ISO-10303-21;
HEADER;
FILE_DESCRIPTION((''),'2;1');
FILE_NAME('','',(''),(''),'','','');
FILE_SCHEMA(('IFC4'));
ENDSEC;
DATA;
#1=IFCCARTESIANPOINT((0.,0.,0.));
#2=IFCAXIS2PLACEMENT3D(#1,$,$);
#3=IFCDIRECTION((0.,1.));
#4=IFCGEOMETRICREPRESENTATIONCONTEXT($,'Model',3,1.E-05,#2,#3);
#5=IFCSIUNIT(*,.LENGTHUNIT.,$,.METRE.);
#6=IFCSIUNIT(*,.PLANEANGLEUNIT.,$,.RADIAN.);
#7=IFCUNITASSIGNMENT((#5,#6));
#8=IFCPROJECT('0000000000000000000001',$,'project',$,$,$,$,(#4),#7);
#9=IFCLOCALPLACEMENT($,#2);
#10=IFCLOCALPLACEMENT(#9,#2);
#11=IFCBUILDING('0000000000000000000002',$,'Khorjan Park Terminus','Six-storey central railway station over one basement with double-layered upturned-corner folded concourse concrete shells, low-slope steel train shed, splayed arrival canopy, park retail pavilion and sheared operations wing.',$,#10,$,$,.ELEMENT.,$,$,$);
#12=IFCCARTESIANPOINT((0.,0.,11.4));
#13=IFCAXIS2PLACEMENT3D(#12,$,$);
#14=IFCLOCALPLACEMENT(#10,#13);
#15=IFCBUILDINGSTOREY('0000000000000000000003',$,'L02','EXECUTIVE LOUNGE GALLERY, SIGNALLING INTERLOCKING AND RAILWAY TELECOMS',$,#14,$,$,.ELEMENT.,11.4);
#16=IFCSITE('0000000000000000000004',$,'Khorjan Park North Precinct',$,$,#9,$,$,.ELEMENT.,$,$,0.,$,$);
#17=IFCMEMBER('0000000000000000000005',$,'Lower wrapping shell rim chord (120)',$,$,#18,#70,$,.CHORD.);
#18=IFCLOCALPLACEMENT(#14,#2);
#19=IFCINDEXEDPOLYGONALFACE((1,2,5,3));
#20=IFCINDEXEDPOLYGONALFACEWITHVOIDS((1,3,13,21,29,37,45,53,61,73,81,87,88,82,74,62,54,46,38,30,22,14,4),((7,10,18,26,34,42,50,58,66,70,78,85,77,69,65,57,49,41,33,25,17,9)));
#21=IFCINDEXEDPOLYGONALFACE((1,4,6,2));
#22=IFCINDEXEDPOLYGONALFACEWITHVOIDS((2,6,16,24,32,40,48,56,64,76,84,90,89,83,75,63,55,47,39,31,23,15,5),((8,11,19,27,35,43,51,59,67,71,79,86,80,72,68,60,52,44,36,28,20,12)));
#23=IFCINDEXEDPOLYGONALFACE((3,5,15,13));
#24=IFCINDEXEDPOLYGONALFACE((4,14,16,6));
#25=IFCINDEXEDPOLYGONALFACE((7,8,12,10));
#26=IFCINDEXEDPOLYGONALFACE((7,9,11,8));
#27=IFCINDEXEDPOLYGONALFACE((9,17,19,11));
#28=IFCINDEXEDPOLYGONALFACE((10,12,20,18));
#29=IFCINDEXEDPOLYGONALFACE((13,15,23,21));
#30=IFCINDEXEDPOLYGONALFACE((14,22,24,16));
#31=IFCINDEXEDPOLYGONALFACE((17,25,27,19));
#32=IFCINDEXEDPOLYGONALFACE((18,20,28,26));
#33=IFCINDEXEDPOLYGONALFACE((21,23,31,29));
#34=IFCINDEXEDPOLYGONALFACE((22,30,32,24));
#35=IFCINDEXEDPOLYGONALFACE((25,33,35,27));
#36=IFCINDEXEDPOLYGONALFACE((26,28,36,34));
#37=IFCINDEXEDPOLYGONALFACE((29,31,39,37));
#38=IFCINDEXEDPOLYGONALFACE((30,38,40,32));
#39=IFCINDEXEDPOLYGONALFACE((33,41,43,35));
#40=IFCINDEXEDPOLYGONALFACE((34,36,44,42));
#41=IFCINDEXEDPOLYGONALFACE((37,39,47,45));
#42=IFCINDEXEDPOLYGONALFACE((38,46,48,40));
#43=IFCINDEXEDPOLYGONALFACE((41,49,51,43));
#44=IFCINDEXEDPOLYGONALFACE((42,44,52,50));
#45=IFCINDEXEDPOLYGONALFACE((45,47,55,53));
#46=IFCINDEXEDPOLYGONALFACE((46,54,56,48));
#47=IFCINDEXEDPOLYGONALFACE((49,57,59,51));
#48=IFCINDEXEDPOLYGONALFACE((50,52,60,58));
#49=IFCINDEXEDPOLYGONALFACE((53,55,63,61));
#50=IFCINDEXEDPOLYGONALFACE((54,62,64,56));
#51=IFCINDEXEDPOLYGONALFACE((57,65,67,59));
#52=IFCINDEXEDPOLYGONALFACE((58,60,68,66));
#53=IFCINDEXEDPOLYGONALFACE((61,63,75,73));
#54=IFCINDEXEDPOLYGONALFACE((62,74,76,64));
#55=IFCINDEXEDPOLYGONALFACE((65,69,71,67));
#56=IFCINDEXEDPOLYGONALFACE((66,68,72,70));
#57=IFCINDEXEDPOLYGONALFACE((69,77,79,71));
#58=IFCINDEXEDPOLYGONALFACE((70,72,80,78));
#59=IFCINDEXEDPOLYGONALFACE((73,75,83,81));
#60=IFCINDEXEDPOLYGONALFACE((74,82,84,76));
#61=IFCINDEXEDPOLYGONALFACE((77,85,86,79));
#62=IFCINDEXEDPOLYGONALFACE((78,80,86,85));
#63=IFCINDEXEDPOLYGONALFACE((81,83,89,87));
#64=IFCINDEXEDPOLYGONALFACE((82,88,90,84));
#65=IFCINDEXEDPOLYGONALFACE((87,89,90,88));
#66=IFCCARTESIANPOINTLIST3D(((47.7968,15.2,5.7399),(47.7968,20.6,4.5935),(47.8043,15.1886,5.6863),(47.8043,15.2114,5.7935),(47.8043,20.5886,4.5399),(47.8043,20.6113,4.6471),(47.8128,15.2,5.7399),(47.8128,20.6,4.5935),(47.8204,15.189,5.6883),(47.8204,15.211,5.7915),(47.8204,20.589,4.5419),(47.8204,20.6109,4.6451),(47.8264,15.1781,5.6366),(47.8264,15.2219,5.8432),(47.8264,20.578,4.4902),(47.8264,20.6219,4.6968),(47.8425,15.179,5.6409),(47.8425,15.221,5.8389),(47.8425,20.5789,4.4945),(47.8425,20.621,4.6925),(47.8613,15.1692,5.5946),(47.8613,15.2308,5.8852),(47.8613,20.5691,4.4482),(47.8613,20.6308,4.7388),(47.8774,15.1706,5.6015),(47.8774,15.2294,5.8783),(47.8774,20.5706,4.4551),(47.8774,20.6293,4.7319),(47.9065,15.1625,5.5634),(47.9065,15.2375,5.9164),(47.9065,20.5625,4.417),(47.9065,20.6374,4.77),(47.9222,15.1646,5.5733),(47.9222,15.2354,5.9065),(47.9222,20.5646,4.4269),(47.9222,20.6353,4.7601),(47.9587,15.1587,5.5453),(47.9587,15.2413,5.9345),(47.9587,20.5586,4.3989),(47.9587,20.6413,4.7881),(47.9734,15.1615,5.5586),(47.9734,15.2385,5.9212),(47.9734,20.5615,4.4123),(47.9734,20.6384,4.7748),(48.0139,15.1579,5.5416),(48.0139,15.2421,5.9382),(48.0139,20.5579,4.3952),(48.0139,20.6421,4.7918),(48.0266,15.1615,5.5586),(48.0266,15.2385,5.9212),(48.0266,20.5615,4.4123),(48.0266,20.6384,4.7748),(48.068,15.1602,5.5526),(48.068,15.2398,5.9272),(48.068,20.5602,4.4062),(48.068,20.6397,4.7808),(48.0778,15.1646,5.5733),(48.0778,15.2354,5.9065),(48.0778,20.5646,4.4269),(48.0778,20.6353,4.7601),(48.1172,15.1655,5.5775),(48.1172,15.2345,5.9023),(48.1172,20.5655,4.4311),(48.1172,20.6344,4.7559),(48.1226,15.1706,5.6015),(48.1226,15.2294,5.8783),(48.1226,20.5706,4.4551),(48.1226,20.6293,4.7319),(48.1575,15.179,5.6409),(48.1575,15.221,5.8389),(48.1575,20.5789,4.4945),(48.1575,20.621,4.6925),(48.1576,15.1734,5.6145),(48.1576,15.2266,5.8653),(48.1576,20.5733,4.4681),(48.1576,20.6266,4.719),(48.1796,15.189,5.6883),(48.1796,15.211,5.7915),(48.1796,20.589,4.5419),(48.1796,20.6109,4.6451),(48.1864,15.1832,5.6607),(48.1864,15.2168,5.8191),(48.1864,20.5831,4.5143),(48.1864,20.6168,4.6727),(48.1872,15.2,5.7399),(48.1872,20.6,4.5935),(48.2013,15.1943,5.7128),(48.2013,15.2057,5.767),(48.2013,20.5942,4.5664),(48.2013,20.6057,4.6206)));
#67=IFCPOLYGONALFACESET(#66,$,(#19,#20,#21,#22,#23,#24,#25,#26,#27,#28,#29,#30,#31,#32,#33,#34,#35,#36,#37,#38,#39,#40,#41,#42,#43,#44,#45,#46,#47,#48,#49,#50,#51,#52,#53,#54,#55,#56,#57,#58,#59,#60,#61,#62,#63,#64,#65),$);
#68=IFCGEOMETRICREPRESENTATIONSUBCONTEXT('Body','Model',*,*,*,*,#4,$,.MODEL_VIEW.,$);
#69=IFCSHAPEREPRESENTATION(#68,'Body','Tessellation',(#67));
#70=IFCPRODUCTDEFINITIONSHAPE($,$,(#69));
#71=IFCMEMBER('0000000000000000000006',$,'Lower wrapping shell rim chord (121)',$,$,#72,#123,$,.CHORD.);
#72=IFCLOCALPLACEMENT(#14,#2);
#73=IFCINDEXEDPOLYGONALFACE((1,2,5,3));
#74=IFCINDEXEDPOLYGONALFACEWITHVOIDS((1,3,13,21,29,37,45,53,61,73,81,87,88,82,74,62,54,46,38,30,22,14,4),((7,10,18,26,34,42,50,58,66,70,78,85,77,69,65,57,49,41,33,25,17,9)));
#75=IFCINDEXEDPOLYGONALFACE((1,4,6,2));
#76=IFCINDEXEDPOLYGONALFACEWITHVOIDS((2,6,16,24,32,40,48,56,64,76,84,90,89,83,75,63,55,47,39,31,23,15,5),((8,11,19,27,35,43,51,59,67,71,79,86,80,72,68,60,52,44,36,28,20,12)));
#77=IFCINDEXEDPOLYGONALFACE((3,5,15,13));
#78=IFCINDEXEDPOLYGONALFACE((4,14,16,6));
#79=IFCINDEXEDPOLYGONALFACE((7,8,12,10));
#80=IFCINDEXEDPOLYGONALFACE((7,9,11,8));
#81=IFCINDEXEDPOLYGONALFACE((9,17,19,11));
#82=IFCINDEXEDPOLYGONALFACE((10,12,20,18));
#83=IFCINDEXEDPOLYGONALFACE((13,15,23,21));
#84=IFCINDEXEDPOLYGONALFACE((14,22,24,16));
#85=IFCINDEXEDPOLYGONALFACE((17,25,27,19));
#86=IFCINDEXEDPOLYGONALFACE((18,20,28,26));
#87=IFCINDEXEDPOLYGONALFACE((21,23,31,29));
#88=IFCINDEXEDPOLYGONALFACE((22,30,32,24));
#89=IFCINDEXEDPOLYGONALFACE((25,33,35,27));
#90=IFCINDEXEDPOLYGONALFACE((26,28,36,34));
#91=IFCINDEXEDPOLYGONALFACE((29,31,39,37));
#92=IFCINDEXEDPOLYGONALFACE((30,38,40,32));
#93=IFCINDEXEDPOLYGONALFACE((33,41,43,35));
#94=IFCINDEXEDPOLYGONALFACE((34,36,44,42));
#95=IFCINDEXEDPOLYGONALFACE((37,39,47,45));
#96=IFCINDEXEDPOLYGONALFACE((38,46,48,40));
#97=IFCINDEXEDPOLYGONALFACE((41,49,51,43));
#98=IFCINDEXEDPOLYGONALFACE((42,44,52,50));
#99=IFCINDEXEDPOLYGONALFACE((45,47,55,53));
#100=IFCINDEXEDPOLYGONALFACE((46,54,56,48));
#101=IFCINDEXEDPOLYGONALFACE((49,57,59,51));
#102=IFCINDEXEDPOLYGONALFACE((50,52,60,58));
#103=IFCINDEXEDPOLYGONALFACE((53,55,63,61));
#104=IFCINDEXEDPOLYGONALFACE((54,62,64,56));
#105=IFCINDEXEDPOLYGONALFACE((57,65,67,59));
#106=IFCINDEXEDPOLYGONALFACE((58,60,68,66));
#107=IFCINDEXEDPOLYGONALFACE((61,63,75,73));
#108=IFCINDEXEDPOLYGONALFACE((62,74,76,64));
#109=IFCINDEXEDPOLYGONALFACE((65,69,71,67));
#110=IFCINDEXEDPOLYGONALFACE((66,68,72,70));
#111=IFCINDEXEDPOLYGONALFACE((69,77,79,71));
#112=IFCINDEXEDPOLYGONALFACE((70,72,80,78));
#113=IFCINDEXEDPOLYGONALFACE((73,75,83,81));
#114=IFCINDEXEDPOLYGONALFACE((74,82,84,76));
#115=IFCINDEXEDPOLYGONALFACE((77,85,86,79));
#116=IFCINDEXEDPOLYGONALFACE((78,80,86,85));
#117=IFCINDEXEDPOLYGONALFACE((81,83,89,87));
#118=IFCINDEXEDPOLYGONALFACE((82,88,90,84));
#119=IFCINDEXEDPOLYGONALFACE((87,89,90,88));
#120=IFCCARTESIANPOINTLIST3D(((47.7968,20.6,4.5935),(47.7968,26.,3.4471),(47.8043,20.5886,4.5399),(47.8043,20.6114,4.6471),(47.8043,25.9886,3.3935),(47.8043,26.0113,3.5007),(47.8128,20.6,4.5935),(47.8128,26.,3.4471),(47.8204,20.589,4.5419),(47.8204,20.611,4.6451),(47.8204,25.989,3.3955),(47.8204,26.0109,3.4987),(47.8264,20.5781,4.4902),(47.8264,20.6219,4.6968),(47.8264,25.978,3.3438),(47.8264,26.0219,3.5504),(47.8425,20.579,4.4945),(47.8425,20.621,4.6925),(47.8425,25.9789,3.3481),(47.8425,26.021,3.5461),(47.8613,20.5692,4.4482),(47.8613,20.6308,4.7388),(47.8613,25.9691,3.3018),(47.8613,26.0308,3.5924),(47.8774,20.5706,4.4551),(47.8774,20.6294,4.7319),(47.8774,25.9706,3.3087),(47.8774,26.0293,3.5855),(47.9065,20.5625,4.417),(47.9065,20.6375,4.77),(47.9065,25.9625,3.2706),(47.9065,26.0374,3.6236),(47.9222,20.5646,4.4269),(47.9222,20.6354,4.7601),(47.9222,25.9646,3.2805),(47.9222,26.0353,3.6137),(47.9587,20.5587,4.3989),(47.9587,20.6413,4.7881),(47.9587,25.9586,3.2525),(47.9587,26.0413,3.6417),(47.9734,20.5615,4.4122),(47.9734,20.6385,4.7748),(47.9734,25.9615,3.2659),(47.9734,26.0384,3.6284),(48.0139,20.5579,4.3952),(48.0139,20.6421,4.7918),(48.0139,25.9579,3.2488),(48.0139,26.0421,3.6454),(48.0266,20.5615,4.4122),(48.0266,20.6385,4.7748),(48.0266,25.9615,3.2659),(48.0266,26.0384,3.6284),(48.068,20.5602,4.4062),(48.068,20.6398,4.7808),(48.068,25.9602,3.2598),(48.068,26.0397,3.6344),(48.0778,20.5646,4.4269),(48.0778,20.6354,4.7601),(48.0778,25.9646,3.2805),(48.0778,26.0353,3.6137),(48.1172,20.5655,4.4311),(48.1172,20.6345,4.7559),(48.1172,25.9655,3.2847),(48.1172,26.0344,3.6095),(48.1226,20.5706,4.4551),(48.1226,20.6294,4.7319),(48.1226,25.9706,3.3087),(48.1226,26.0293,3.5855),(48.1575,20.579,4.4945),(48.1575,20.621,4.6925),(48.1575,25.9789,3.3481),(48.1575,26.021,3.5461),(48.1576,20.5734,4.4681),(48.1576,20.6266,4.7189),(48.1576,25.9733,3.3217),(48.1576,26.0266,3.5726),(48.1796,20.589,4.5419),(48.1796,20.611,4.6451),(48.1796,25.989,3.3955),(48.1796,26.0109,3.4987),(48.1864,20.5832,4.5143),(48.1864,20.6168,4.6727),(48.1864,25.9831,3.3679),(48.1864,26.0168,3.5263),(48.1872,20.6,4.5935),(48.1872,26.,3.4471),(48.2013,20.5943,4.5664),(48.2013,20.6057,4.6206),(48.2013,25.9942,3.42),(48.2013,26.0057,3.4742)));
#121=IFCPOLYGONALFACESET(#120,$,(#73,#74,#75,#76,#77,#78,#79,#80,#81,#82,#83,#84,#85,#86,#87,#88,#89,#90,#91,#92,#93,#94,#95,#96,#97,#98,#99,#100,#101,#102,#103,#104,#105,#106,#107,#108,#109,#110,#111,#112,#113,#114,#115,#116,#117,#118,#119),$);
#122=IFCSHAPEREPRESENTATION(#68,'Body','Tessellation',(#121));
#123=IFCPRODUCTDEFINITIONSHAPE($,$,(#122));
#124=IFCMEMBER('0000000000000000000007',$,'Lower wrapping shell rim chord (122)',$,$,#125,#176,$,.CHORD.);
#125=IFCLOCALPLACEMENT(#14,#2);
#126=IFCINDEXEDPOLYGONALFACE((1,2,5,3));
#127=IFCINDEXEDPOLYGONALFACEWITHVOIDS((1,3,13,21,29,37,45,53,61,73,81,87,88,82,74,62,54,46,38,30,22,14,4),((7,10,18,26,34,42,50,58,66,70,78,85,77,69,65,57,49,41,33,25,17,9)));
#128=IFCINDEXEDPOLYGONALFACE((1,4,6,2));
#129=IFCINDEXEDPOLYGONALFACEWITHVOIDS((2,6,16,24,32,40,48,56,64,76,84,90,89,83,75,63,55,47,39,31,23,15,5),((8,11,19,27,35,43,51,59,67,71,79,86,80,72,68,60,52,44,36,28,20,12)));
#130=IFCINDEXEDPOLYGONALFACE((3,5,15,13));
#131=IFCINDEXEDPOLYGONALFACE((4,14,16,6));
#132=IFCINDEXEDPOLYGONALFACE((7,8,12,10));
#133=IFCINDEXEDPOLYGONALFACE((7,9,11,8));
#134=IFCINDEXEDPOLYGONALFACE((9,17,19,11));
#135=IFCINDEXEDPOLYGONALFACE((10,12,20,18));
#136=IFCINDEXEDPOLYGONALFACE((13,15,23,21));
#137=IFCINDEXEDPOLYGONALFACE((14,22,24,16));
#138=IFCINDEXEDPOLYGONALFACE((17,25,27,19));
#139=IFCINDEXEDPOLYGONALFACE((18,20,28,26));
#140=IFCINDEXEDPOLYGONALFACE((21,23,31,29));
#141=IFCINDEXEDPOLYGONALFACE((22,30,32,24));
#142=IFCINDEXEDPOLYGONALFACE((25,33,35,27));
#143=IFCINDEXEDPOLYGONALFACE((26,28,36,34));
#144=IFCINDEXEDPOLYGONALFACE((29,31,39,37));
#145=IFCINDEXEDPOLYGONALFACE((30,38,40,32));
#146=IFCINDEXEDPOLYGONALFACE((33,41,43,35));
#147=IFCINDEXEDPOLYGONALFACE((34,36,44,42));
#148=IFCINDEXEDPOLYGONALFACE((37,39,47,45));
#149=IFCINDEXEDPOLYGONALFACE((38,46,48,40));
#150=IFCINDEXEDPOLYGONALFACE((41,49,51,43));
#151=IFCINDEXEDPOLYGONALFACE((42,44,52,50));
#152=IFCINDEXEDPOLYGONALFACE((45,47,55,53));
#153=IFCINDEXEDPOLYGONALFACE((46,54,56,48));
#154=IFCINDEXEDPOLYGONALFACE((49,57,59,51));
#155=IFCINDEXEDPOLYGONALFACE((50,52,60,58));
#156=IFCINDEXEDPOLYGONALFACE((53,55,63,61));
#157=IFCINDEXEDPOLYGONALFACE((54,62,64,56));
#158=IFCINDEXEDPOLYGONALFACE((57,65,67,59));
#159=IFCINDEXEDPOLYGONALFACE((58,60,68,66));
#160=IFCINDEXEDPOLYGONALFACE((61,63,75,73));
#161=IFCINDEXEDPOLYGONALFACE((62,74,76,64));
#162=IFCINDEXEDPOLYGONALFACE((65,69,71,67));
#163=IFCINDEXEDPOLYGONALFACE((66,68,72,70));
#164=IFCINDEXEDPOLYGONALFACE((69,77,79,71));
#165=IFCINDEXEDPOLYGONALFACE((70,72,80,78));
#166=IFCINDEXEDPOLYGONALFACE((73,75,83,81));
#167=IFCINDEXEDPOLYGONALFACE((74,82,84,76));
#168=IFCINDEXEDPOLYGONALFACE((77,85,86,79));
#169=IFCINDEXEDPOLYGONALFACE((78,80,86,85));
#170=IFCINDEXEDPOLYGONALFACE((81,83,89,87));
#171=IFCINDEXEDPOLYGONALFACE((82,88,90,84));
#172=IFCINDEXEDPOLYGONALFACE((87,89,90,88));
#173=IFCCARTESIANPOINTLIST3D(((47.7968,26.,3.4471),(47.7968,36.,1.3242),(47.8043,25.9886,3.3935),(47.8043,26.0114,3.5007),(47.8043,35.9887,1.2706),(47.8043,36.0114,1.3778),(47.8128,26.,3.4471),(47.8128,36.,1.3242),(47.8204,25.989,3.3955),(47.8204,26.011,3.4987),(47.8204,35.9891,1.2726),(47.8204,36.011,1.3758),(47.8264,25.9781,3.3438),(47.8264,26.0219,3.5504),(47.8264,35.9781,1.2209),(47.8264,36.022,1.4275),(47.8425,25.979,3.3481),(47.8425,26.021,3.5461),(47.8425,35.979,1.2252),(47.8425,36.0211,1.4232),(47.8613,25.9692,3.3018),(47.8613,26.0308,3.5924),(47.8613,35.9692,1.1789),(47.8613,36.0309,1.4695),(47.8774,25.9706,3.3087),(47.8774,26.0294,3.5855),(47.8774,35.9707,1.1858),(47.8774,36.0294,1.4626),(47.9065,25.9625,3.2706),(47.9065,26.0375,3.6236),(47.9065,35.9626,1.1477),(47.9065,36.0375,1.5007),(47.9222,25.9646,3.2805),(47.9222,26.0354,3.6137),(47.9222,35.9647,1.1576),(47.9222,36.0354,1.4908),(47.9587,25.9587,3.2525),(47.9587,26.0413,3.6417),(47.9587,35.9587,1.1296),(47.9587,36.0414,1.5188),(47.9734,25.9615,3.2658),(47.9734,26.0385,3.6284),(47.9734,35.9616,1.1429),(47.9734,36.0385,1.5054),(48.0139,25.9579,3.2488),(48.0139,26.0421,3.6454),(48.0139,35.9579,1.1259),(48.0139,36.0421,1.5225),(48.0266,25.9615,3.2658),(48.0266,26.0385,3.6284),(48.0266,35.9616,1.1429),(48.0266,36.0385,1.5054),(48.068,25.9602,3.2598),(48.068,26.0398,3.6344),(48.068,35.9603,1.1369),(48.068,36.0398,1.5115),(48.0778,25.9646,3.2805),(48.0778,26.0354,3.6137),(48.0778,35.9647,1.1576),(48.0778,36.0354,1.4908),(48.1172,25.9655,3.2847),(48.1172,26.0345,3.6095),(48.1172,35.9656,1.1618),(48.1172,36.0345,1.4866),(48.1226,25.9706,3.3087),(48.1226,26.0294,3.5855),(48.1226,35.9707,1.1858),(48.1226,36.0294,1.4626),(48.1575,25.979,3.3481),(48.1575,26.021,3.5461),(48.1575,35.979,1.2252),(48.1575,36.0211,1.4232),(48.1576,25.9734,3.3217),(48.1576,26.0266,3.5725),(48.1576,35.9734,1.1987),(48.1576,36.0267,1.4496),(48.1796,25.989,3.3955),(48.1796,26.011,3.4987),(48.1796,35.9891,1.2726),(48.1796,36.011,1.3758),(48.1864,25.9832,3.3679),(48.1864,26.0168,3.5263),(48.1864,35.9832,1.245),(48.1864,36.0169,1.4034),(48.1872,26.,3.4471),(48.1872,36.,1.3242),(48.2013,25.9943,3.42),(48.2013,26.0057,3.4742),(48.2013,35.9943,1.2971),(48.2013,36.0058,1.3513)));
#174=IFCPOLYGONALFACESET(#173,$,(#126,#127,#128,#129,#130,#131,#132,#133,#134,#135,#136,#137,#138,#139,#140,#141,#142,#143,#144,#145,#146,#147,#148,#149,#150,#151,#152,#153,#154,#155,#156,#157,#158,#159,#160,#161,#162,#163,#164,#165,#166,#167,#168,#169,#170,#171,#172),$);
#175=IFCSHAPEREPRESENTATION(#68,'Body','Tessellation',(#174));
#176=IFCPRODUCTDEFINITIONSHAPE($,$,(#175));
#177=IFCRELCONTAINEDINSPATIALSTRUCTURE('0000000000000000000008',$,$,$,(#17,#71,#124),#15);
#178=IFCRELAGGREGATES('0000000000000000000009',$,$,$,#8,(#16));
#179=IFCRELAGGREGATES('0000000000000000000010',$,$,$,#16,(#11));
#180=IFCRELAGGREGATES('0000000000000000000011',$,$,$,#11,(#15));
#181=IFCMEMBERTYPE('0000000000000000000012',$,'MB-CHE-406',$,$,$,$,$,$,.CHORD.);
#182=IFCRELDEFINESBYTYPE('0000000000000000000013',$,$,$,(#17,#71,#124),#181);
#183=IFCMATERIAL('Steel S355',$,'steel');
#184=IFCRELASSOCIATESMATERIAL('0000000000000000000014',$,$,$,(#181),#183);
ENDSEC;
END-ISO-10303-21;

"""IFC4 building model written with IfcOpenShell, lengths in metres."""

from ifc_helpers import new_model, si_unit, direction, frame, origin, origin_2d, place, context, subcontext, project, spatial, hollow_circle, extrude, material, material_profile, profile_set, type_object, element, save


model = new_model("IFC4")

# Units and contexts
model_context = context("Model", 3, precision=1e-05, world=origin(), true_north=direction((0.0, 1.0)))
body_context = subcontext(model_context, "Body", "Model", "MODEL_VIEW")
ifc_project = project(units=[si_unit("LENGTHUNIT", "METRE"), si_unit("PLANEANGLEUNIT", "RADIAN")], contexts=[model_context])

# Site, building, storey
site_placement = place(None, origin())
site = spatial("IfcSite", under=ifc_project, at=site_placement, Name="Khorjan Park North Precinct", CompositionType="ELEMENT", RefElevation=0.0)
building_placement = place(site_placement, origin())
building = spatial("IfcBuilding", under=site, at=building_placement, Name="Khorjan Park Terminus", Description="Six-storey central railway station over one basement with double-layered upturned-corner folded concourse concrete shells, low-slope steel train shed, splayed arrival canopy, park retail pavilion and sheared operations wing.", CompositionType="ELEMENT")
storey_placement = place(building_placement, frame((0.0, 0.0, 11.4)))
storey = spatial("IfcBuildingStorey", under=building, at=storey_placement, Name="L02", Description="EXECUTIVE LOUNGE GALLERY, SIGNALLING INTERLOCKING AND RAILWAY TELECOMS", CompositionType="ELEMENT", Elevation=11.4)

# Members
ifc_material_1 = material(Name="Steel S355", Category="steel")
ifc_material_profile_1 = material_profile(ifc_material_1, hollow_circle(Radius=0.2032, WallThickness=0.016, at=origin_2d()), Name="CHS 406.4x16")
ifc_profile_set_1 = profile_set([ifc_material_profile_1], Name="Steel S355")
member_type_1 = type_object("IfcMemberType", Name="MB-CHE-406", PredefinedType="CHORD", material=ifc_profile_set_1)
for number, where, z_axis, x_axis, name in (
    (1, (48.0, 15.2, 5.7399), (0.0, 0.978199, -0.207668), (-1.0, 0.0, 0.0), "Lower wrapping shell rim chord (120)"),
    (2, (48.0, 20.6, 4.5935), (0.0, 0.978199, -0.207668), (-1.0, 0.0, 0.0), "Lower wrapping shell rim chord (121)"),
):
    element("IfcMember", number, at=place(storey_placement, frame(where, z_axis=z_axis, x_axis=x_axis)), inside=storey, type_object=member_type_1, Name=name, PredefinedType="CHORD", context=body_context, shape_type="SweptSolid", body=[
        extrude(hollow_circle(Radius=0.2032, WallThickness=0.016, at=origin_2d()), origin(), (0.0, 0.0, 1.0), 5.5203),
    ])
member_1_placement = place(storey_placement, frame((48.0, 26.0, 3.4471), z_axis=(0.0, 0.978201, -0.207662), x_axis=(-1.0, 0.0, 0.0)))
element("IfcMember", 3, at=member_1_placement, inside=storey, type_object=member_type_1, Name="Lower wrapping shell rim chord (122)", PredefinedType="CHORD", context=body_context, shape_type="SweptSolid", body=[
    extrude(hollow_circle(Radius=0.2032, WallThickness=0.016, at=origin_2d()), origin(), (0.0, 0.0, 1.0), 10.2229),
])

save(model, "model.ifc")
